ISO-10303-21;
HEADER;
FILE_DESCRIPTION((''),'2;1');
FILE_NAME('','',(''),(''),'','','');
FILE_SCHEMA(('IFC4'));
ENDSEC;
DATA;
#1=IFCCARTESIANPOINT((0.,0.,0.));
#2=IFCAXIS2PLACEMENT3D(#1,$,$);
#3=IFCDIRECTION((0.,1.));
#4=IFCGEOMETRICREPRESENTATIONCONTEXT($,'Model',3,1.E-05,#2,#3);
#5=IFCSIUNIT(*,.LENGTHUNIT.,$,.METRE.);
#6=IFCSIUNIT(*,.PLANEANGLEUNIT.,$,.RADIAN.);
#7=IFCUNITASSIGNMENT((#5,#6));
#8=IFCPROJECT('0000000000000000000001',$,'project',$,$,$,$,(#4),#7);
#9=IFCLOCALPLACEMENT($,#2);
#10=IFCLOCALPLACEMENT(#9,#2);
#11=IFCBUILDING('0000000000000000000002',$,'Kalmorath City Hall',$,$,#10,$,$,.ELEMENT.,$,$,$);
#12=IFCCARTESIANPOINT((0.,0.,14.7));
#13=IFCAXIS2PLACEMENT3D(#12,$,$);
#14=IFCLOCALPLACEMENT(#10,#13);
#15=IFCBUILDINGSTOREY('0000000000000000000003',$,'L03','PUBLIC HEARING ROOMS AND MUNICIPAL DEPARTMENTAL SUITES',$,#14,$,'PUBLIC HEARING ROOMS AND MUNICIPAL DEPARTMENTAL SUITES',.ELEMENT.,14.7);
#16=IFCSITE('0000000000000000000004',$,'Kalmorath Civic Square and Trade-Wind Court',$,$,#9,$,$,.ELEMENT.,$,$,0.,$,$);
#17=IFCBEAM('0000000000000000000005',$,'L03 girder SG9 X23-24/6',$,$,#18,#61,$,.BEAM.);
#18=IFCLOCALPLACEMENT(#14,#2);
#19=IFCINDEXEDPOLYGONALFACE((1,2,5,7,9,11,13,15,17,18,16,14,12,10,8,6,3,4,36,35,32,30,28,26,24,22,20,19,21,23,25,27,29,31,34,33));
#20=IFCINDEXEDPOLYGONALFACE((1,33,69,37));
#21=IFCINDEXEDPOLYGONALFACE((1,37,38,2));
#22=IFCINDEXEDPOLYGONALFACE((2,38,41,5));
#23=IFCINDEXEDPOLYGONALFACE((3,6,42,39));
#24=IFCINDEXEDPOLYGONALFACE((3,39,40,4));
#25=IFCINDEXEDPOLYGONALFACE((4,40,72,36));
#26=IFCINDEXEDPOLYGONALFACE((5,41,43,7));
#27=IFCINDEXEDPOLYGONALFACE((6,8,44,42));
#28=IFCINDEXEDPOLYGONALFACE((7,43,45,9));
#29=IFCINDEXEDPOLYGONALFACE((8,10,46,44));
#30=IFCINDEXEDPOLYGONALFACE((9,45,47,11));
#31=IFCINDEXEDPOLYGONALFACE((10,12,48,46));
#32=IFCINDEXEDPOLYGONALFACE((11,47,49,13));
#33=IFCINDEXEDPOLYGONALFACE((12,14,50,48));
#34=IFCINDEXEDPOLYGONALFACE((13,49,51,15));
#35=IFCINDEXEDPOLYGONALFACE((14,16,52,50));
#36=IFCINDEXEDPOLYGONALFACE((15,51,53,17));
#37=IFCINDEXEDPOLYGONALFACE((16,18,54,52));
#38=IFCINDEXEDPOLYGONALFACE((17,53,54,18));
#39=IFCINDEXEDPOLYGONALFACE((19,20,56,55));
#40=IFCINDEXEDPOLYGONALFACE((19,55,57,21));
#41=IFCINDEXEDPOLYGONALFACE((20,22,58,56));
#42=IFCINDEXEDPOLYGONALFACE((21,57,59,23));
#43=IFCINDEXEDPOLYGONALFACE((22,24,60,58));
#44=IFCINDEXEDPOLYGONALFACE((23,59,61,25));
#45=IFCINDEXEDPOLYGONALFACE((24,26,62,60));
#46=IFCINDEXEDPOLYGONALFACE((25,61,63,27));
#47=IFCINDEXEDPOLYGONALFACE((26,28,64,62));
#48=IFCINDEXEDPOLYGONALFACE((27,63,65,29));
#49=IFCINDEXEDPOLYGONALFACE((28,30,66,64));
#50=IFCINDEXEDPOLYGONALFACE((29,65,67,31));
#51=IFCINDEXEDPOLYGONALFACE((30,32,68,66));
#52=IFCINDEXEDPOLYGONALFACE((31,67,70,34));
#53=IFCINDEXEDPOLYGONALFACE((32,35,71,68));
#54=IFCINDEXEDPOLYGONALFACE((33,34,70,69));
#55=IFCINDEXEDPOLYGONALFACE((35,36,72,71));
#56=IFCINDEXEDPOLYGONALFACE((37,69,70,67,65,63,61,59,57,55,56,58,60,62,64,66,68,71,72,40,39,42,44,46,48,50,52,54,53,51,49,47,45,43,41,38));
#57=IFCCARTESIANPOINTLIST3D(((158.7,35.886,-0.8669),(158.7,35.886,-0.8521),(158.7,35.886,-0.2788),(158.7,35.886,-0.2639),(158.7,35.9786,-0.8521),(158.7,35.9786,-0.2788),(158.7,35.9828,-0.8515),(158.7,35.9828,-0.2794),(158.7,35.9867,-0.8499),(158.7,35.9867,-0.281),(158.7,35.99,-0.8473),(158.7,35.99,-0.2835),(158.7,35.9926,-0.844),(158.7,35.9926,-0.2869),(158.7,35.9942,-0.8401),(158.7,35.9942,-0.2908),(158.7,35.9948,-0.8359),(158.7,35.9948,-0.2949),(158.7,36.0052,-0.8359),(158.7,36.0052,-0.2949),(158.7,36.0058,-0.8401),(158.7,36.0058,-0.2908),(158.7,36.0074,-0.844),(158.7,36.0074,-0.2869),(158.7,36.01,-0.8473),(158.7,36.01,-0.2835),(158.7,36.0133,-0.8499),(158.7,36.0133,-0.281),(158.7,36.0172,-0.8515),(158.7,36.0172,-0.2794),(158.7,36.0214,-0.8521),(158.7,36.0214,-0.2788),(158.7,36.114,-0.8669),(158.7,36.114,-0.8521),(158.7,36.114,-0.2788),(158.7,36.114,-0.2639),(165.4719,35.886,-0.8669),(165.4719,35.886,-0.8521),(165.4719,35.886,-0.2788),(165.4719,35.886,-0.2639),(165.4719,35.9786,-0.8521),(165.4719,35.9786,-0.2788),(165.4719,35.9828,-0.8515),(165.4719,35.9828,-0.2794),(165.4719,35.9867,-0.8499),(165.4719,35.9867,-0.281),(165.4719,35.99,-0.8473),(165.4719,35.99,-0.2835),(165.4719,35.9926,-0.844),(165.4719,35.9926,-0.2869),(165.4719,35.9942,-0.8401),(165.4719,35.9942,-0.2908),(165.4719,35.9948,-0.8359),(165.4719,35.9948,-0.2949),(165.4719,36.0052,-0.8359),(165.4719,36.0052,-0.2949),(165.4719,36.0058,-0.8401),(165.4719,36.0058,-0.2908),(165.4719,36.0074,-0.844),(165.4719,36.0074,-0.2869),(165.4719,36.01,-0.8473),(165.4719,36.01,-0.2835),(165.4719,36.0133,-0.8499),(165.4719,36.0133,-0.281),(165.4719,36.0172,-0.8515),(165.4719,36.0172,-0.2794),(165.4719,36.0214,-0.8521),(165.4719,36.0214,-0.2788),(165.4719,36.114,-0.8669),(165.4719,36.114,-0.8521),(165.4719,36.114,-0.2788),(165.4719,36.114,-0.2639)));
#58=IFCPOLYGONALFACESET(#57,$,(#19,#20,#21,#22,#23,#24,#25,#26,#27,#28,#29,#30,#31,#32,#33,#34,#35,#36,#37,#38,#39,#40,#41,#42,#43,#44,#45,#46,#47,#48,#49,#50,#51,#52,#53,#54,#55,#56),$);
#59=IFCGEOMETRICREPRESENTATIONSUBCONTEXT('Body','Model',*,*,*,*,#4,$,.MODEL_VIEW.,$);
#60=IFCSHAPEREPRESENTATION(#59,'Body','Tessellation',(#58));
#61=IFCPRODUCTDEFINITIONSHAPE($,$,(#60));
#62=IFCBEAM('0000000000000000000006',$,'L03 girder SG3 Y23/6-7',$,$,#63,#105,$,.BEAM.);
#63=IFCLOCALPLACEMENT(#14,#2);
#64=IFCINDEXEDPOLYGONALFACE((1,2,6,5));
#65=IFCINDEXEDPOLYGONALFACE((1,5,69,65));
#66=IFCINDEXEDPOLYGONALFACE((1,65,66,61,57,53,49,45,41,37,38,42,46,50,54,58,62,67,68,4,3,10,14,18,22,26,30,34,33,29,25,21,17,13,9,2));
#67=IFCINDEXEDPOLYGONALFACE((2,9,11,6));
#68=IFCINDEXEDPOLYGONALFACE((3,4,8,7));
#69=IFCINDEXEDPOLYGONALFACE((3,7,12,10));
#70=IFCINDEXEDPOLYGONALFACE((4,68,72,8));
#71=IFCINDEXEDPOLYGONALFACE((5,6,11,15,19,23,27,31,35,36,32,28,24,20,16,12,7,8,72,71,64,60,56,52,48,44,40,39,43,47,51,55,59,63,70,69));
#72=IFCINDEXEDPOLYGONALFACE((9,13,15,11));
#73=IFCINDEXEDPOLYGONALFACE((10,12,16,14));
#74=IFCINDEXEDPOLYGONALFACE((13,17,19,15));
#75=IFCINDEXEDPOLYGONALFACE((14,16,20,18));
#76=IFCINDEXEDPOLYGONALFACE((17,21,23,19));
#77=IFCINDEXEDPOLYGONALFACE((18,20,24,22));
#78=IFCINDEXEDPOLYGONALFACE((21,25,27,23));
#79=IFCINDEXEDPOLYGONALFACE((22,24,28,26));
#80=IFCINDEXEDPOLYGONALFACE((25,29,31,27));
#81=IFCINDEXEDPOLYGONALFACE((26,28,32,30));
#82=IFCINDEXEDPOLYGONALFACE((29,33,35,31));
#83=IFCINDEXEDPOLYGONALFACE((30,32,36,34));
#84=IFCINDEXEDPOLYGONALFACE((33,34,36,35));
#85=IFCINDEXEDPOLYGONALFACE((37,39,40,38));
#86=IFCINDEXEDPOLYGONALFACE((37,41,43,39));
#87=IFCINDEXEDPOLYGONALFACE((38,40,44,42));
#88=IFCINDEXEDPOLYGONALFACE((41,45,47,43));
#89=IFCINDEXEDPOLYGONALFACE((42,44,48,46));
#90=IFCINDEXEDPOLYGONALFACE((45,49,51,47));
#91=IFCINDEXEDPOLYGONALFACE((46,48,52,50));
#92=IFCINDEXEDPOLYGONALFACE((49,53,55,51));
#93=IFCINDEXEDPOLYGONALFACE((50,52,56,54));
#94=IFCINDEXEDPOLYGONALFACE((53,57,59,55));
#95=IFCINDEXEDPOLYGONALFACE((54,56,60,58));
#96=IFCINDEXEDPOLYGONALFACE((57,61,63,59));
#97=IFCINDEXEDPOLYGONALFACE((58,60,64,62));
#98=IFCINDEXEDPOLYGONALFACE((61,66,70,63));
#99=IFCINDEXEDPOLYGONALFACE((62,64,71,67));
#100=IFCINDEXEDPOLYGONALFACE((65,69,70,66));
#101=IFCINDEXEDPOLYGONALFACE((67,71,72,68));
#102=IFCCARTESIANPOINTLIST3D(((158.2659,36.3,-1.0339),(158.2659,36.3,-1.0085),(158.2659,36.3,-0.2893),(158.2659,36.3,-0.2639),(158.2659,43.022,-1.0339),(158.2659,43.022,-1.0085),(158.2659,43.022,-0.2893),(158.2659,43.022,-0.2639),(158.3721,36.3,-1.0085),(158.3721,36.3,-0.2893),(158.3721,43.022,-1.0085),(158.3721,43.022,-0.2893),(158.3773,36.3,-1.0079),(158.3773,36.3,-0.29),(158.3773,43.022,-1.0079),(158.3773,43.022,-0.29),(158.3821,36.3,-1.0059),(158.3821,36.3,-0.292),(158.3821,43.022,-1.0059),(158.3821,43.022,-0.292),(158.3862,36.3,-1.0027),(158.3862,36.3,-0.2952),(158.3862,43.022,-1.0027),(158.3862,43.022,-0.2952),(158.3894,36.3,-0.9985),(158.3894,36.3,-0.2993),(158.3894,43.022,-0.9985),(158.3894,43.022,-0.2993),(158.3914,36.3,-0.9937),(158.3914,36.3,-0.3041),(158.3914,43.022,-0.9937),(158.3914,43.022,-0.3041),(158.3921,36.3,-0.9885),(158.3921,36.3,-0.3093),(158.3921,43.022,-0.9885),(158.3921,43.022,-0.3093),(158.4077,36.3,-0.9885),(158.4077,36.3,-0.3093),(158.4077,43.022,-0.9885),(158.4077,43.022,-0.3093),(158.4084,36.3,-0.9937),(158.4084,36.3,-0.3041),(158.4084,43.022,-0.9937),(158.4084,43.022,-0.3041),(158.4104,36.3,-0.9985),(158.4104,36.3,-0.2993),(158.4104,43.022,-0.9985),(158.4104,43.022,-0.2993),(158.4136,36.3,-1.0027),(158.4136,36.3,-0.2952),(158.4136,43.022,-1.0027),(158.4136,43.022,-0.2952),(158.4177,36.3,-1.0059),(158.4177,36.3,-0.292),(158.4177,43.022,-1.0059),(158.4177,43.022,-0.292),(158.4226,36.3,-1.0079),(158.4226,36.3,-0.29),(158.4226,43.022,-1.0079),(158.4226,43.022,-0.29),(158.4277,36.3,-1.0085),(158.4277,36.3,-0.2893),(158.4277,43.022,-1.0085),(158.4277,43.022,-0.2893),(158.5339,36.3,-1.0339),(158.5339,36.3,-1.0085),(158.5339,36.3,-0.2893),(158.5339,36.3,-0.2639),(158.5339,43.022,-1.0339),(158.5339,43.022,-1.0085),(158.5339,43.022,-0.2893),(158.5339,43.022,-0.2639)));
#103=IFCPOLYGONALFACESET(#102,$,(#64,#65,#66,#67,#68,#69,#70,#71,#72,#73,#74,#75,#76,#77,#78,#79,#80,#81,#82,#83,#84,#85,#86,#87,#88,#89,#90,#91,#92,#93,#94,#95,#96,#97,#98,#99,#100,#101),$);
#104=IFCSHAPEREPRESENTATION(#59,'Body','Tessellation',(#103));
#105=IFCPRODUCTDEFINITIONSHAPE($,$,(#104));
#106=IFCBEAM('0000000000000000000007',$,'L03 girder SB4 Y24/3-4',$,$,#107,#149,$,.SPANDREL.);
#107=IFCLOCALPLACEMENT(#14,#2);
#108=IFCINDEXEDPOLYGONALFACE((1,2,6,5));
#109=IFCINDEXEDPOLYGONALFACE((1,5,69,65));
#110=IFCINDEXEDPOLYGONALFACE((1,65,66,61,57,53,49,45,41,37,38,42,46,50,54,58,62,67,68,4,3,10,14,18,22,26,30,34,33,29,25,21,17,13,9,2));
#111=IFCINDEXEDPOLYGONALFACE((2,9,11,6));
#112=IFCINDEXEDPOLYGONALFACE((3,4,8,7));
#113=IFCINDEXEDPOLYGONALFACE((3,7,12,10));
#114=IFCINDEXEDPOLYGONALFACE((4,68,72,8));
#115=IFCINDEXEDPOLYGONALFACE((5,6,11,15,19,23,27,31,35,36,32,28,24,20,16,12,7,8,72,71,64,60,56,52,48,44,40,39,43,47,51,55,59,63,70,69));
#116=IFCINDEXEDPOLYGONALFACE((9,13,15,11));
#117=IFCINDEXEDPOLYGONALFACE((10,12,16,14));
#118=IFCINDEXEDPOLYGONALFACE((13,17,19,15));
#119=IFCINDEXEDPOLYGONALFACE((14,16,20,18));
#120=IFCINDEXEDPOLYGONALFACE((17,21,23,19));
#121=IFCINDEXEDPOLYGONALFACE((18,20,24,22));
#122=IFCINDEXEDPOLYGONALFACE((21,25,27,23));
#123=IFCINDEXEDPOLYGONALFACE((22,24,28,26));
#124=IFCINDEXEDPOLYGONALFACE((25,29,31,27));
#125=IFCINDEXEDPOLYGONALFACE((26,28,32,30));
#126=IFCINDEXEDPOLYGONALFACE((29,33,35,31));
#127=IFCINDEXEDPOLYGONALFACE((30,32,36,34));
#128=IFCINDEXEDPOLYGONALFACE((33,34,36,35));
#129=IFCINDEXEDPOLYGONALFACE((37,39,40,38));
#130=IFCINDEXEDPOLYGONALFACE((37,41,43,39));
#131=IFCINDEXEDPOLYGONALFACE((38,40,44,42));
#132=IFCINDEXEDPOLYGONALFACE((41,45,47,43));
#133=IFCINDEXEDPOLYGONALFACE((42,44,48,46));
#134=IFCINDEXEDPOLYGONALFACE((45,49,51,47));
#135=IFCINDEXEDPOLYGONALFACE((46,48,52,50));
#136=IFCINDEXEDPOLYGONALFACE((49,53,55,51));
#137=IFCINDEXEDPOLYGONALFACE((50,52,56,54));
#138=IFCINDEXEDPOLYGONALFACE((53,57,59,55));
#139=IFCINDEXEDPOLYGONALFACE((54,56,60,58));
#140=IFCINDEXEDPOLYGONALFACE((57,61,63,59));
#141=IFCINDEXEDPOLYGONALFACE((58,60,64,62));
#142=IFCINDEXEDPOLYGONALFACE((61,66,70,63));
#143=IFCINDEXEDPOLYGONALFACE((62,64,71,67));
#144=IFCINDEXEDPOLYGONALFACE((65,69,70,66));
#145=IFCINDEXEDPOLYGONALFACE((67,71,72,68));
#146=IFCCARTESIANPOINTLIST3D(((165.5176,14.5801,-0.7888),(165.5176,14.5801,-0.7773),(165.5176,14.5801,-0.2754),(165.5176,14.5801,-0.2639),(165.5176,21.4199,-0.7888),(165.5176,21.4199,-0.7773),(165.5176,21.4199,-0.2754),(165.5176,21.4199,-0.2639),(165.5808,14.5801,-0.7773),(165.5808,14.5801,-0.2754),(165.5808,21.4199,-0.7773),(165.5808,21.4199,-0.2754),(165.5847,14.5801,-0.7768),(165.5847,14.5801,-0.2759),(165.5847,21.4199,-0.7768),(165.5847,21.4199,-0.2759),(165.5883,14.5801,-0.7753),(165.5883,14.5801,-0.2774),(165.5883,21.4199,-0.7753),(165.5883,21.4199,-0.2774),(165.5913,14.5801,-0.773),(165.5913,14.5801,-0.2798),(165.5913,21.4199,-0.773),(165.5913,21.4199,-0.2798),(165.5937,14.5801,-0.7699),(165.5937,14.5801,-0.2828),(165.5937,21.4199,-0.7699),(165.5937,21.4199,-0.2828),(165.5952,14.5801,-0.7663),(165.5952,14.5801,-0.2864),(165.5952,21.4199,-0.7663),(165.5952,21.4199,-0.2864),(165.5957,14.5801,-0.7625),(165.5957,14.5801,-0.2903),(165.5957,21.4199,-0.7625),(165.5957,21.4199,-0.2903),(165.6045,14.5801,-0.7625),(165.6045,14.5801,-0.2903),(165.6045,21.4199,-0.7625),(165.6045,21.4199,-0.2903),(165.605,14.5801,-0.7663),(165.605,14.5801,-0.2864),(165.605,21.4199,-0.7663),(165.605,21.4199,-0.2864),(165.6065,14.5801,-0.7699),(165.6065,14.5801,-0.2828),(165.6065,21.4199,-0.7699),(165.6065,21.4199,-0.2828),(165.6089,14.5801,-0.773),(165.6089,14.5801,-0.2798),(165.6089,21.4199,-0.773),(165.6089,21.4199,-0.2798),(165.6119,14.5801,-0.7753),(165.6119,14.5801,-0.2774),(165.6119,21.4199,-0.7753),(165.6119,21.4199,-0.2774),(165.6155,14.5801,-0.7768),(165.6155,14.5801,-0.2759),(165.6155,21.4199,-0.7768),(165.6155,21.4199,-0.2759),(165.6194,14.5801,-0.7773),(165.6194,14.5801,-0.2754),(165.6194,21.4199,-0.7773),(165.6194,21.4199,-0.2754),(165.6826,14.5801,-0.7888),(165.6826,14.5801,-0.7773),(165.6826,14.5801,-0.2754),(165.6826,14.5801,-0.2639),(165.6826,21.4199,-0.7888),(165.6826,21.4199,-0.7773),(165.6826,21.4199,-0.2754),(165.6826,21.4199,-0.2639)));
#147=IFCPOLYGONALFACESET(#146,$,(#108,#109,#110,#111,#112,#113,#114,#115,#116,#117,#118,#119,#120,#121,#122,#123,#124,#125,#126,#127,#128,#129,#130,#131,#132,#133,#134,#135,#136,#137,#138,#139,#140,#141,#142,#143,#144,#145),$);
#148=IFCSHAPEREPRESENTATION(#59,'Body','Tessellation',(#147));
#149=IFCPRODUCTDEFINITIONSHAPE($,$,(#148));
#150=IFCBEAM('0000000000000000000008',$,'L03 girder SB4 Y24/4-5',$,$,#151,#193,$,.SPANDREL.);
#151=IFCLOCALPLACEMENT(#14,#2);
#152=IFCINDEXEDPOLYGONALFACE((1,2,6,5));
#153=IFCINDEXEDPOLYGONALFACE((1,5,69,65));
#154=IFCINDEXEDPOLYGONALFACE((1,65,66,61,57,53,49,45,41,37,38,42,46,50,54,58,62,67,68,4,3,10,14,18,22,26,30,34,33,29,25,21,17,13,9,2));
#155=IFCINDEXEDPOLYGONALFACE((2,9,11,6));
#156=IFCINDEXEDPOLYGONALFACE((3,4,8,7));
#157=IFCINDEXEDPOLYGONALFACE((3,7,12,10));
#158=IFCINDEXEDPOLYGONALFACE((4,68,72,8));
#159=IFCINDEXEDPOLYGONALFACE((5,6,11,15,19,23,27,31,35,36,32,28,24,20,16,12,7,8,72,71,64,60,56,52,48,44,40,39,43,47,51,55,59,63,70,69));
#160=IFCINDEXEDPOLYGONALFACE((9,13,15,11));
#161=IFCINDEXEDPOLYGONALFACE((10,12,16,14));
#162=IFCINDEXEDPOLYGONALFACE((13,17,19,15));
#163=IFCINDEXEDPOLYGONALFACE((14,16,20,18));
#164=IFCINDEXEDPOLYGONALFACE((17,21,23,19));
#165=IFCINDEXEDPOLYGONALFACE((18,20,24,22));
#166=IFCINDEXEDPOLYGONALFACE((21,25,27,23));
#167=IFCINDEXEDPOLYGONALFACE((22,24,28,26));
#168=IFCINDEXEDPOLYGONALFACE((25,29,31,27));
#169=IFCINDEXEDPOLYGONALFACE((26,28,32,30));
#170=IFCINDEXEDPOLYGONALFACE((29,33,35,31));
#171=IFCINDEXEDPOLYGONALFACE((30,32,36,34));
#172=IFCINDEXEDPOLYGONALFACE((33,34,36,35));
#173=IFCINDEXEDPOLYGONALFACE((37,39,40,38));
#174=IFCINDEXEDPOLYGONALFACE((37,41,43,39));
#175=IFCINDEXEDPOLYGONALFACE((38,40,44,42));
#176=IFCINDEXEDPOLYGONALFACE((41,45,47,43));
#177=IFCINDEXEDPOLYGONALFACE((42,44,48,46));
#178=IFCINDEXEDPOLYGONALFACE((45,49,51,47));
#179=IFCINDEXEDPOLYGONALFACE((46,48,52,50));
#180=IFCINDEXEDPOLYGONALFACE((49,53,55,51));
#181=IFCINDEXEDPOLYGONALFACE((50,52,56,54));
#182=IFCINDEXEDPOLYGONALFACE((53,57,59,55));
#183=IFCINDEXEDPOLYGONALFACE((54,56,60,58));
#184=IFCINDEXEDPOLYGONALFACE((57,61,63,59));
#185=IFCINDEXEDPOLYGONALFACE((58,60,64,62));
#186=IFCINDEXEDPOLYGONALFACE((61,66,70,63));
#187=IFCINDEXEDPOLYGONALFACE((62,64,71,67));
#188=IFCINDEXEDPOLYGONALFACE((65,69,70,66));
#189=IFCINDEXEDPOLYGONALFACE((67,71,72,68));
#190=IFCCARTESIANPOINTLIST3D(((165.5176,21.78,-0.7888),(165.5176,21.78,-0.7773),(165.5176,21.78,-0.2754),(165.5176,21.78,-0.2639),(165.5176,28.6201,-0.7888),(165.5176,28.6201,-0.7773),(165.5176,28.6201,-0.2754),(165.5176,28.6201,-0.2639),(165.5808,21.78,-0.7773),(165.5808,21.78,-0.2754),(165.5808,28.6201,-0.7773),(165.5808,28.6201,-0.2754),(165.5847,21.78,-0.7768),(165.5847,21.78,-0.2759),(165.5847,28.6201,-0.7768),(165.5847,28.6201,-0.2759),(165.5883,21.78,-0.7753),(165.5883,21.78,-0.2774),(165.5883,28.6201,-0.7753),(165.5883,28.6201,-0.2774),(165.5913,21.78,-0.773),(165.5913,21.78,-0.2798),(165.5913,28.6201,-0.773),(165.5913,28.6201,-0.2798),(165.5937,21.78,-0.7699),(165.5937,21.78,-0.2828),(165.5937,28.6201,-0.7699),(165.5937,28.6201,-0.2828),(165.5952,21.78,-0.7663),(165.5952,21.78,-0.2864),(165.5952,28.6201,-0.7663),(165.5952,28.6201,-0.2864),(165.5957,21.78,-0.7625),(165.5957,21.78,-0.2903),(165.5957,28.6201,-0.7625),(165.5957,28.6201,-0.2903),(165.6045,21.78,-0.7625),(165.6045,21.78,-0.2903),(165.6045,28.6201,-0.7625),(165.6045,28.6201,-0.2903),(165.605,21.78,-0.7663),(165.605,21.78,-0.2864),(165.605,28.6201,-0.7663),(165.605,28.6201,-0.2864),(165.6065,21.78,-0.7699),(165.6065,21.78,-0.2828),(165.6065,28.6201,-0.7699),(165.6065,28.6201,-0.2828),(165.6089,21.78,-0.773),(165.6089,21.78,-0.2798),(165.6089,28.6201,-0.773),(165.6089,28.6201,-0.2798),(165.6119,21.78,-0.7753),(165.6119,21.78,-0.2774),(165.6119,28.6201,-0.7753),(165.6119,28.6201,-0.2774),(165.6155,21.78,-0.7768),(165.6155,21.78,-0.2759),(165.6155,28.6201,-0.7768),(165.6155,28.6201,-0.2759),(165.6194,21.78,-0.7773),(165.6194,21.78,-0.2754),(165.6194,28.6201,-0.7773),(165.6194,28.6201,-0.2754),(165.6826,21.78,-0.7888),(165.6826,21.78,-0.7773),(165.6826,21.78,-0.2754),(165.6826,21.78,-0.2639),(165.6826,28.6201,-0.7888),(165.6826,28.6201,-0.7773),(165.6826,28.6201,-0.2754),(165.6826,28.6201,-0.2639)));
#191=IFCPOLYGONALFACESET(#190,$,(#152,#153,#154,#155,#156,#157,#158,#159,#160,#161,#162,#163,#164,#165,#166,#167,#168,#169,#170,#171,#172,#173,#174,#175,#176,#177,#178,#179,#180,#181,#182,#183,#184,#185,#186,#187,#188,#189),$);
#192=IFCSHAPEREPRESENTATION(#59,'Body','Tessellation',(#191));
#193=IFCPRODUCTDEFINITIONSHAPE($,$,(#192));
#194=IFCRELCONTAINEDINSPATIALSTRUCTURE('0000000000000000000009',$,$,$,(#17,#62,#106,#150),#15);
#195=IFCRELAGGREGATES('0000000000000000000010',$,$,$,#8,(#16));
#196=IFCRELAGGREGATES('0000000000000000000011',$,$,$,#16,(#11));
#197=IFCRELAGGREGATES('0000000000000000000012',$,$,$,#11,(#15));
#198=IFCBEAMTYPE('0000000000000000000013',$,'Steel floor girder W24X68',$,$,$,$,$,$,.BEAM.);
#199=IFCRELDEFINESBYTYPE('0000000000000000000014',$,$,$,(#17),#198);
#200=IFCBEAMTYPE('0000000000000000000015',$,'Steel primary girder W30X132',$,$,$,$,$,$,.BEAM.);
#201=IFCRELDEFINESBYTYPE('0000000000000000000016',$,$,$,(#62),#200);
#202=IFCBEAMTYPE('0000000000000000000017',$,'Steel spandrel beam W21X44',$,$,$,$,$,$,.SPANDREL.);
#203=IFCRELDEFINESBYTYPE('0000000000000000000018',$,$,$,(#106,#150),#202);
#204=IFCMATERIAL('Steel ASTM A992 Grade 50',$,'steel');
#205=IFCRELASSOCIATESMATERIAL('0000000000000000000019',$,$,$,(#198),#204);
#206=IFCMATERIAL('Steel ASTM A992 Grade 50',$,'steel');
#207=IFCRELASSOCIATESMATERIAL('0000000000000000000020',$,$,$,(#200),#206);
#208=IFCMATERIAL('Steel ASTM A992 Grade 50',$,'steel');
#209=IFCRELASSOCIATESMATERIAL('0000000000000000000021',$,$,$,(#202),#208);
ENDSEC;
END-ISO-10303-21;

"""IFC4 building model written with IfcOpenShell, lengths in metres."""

from ifc_helpers import new_model, si_unit, direction, frame, origin, origin_2d, place, context, subcontext, project, spatial, i_section, extrude, material, material_profile, profile_set, type_object, element, save


model = new_model("IFC4")

# Units and contexts
model_context = context("Model", 3, precision=1e-05, world=origin(), true_north=direction((0.0, 1.0)))
body_context = subcontext(model_context, "Body", "Model", "MODEL_VIEW")
ifc_project = project(units=[si_unit("LENGTHUNIT", "METRE"), si_unit("PLANEANGLEUNIT", "RADIAN")], contexts=[model_context])

# Site, building, storey
site_placement = place(None, origin())
site = spatial("IfcSite", under=ifc_project, at=site_placement, Name="Kalmorath Civic Square and Trade-Wind Court", CompositionType="ELEMENT", RefElevation=0.0)
building_placement = place(site_placement, origin())
building = spatial("IfcBuilding", under=site, at=building_placement, Name="Kalmorath City Hall", CompositionType="ELEMENT")
storey_placement = place(building_placement, frame((0.0, 0.0, 14.7)))
storey = spatial("IfcBuildingStorey", under=building, at=storey_placement, Name="L03", Description="PUBLIC HEARING ROOMS AND MUNICIPAL DEPARTMENTAL SUITES", LongName="PUBLIC HEARING ROOMS AND MUNICIPAL DEPARTMENTAL SUITES", CompositionType="ELEMENT", Elevation=14.7)

# Beams
ifc_material_1 = material(Name="Steel ASTM A992 Grade 50", Category="steel")
ifc_material_profile_1 = material_profile(ifc_material_1, i_section(OverallWidth=0.228, OverallDepth=0.603, WebThickness=0.0105, FlangeThickness=0.0149, FilletRadius=0.0161, at=origin_2d()), Name="W24X68")
ifc_profile_set_1 = profile_set([ifc_material_profile_1], Name="Steel ASTM A992 Grade 50")
beam_type_1 = type_object("IfcBeamType", Name="Steel floor girder W24X68", PredefinedType="BEAM", material=ifc_profile_set_1)
beam_1_placement = place(storey_placement, frame((158.7, 36.0, -0.5654), z_axis=(1.0, 0.0, 0.0), x_axis=(0.0, 1.0, 0.0)))
element("IfcBeam", 1, at=beam_1_placement, inside=storey, type_object=beam_type_1, Name="L03 girder SG9 X23-24/6", PredefinedType="BEAM", context=body_context, shape_type="SweptSolid", body=[
    extrude(i_section(OverallWidth=0.228, OverallDepth=0.603, WebThickness=0.0105, FlangeThickness=0.0149, FilletRadius=0.0161, at=origin_2d()), origin(), (0.0, 0.0, 1.0), 6.772),
])
ifc_material_2 = material(Name="Steel ASTM A992 Grade 50", Category="steel")
ifc_material_profile_2 = material_profile(ifc_material_2, i_section(OverallWidth=0.2681, OverallDepth=0.77, WebThickness=0.0156, FlangeThickness=0.0254, FilletRadius=0.02, at=origin_2d()), Name="W30X132")
ifc_profile_set_2 = profile_set([ifc_material_profile_2], Name="Steel ASTM A992 Grade 50")
beam_type_2 = type_object("IfcBeamType", Name="Steel primary girder W30X132", PredefinedType="BEAM", material=ifc_profile_set_2)
beam_2_placement = place(storey_placement, frame((158.3999, 36.3, -0.6489), z_axis=(0.0, 1.0, 0.0), x_axis=(-1.0, 0.0, 0.0)))
element("IfcBeam", 2, at=beam_2_placement, inside=storey, type_object=beam_type_2, Name="L03 girder SG3 Y23/6-7", PredefinedType="BEAM", context=body_context, shape_type="SweptSolid", body=[
    extrude(i_section(OverallWidth=0.2681, OverallDepth=0.77, WebThickness=0.0156, FlangeThickness=0.0254, FilletRadius=0.02, at=origin_2d()), origin(), (0.0, 0.0, 1.0), 6.7219),
])
ifc_material_3 = material(Name="Steel ASTM A992 Grade 50", Category="steel")
ifc_material_profile_3 = material_profile(ifc_material_3, i_section(OverallWidth=0.165, OverallDepth=0.5249, WebThickness=0.0088, FlangeThickness=0.0115, FilletRadius=0.0149, at=origin_2d()), Name="W21X44")
ifc_profile_set_3 = profile_set([ifc_material_profile_3], Name="Steel ASTM A992 Grade 50")
beam_type_3 = type_object("IfcBeamType", Name="Steel spandrel beam W21X44", PredefinedType="SPANDREL", material=ifc_profile_set_3)
beam_3_placement = place(storey_placement, frame((165.6001, 14.5801, -0.5264), z_axis=(0.0, 1.0, 0.0), x_axis=(-1.0, 0.0, 0.0)))
element("IfcBeam", 3, at=beam_3_placement, inside=storey, type_object=beam_type_3, Name="L03 girder SB4 Y24/3-4", PredefinedType="SPANDREL", context=body_context, shape_type="SweptSolid", body=[
    extrude(i_section(OverallWidth=0.165, OverallDepth=0.5249, WebThickness=0.0088, FlangeThickness=0.0115, FilletRadius=0.0149, at=origin_2d()), origin(), (0.0, 0.0, 1.0), 6.8398),
])
for number, where, z_axis, x_axis, name in (
    (4, (165.6001, 21.78, -0.5264), (0.0, 1.0, 0.0), (-1.0, 0.0, 0.0), "L03 girder SB4 Y24/4-5"),
):
    element("IfcBeam", number, at=place(storey_placement, frame(where, z_axis=z_axis, x_axis=x_axis)), inside=storey, type_object=beam_type_3, Name=name, PredefinedType="SPANDREL", context=body_context, shape_type="SweptSolid", body=[
        extrude(i_section(OverallWidth=0.165, OverallDepth=0.5249, WebThickness=0.0088, FlangeThickness=0.0115, FilletRadius=0.0149, at=origin_2d()), origin(), (0.0, 0.0, 1.0), 6.8401),
    ])

save(model, "model.ifc")
